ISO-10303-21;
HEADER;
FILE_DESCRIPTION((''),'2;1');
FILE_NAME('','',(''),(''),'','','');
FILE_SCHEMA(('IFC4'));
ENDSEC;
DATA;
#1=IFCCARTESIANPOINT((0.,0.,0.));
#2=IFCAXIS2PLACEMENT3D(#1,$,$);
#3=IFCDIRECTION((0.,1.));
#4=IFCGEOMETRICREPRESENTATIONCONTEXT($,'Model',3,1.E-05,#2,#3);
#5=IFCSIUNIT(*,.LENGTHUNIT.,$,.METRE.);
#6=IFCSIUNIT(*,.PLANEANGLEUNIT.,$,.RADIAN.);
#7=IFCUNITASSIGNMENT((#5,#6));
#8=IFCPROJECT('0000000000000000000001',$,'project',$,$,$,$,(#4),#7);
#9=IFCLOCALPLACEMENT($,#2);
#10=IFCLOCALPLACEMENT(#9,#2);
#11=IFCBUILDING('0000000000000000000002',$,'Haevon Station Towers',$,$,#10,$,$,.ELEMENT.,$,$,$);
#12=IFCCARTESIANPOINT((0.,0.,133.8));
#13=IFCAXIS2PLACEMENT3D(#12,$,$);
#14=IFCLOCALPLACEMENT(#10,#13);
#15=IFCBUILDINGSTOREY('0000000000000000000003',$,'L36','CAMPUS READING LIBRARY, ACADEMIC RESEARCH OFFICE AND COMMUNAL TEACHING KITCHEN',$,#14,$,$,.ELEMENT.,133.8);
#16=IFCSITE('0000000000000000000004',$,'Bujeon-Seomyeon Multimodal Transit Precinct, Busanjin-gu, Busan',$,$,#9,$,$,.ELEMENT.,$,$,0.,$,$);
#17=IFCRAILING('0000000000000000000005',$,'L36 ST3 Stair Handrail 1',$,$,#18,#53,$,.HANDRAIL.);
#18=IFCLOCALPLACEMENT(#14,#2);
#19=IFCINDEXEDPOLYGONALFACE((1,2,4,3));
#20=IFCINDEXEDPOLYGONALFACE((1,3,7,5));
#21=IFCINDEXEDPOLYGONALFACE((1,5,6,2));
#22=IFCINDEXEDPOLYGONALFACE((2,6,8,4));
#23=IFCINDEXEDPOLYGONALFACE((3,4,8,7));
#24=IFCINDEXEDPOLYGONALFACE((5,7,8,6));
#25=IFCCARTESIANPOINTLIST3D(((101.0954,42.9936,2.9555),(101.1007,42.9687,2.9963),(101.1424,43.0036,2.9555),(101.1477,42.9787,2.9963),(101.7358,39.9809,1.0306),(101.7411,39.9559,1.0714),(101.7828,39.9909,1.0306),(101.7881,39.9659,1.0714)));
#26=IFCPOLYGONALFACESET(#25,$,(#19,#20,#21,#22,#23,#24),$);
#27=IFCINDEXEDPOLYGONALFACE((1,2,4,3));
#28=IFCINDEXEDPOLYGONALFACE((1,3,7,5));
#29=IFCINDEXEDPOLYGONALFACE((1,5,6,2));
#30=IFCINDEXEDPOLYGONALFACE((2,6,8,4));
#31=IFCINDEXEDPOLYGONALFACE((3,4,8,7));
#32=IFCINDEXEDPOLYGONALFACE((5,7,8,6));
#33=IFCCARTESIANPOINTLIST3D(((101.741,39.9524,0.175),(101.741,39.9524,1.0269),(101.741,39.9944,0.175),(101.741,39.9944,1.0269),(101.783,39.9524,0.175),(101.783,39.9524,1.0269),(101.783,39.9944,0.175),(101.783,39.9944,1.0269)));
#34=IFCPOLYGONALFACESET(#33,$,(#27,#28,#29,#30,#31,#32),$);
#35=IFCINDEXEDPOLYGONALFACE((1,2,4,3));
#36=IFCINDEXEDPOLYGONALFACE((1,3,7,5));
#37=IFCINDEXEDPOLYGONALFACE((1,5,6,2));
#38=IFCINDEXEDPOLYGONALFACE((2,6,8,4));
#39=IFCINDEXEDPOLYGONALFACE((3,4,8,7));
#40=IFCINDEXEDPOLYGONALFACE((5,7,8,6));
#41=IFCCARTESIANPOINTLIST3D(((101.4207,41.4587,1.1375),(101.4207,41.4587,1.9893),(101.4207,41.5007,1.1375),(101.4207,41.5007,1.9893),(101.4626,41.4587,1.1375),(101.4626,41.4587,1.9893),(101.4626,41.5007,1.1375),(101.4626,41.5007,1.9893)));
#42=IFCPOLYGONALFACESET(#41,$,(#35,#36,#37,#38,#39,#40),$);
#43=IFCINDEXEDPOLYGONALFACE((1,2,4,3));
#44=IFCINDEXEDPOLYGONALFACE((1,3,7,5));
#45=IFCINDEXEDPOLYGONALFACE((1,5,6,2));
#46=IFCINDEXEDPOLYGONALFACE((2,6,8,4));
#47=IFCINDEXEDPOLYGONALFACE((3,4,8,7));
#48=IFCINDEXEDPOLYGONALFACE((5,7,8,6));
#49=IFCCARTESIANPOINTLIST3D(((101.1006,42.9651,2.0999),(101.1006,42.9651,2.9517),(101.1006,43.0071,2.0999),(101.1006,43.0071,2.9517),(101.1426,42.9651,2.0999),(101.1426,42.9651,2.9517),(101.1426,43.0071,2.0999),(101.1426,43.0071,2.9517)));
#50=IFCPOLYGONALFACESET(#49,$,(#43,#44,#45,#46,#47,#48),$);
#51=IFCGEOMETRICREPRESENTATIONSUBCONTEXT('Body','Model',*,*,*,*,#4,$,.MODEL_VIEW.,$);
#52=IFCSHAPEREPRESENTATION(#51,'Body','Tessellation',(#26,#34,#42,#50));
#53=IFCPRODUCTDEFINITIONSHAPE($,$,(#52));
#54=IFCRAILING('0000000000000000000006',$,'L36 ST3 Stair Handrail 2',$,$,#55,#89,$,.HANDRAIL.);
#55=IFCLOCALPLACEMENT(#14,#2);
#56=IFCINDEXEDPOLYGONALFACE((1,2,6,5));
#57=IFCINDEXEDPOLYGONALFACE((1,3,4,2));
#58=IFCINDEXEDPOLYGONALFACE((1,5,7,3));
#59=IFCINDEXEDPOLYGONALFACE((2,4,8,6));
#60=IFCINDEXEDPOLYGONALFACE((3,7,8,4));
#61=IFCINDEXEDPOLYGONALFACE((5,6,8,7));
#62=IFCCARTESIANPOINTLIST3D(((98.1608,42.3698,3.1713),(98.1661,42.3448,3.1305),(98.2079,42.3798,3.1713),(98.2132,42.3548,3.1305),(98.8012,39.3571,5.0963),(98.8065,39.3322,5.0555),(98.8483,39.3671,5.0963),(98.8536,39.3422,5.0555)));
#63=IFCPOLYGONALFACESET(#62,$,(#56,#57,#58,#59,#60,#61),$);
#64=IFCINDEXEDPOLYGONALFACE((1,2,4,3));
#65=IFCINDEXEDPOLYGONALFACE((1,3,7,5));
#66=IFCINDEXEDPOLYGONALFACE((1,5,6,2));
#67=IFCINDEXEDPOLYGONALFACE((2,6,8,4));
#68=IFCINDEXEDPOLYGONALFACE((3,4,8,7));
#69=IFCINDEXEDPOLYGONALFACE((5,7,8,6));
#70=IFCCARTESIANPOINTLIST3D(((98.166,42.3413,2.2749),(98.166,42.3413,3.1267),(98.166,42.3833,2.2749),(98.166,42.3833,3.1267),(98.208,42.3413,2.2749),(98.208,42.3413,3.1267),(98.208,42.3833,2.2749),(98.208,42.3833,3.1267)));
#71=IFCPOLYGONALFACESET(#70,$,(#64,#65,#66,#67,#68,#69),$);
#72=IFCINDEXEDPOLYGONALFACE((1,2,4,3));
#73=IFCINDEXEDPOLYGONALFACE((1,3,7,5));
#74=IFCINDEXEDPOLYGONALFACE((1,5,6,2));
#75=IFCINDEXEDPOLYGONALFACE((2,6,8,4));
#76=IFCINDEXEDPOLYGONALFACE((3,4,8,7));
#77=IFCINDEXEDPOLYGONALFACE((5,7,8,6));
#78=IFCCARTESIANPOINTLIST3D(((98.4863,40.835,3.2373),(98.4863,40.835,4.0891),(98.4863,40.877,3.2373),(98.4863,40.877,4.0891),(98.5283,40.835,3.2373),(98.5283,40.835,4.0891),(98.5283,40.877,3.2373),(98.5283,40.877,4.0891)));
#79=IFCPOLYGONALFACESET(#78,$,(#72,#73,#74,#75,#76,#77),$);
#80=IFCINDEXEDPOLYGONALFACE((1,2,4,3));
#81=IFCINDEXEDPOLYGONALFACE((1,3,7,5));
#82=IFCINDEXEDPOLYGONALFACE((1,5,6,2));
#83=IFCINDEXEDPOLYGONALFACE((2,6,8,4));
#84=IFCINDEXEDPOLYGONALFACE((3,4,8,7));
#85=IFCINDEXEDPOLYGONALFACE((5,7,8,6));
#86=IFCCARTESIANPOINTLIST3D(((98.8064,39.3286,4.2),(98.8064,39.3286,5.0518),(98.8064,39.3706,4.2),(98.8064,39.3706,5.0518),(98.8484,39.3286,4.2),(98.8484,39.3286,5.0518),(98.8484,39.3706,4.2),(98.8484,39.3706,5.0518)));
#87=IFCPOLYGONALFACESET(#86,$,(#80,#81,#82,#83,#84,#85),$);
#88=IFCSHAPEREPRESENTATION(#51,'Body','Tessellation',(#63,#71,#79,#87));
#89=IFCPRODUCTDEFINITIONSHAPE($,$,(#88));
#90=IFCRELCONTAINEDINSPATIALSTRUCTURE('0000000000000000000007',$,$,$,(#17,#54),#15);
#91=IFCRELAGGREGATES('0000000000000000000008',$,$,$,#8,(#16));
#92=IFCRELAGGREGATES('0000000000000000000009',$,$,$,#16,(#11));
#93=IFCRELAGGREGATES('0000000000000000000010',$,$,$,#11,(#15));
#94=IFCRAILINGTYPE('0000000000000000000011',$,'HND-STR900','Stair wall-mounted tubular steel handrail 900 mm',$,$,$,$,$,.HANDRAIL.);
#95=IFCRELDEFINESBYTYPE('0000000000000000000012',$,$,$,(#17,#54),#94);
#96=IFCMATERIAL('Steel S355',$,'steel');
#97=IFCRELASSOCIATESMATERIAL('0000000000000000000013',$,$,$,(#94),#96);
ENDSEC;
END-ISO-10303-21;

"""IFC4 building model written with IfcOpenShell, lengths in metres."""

from ifc_helpers import new_model, si_unit, direction, frame, origin, origin_2d, place, context, subcontext, project, spatial, rectangle, extrude, material, type_object, element, save


model = new_model("IFC4")

# Units and contexts
model_context = context("Model", 3, precision=1e-05, world=origin(), true_north=direction((0.0, 1.0)))
body_context = subcontext(model_context, "Body", "Model", "MODEL_VIEW")
ifc_project = project(units=[si_unit("LENGTHUNIT", "METRE"), si_unit("PLANEANGLEUNIT", "RADIAN")], contexts=[model_context])

# Site, building, storey
site_placement = place(None, origin())
site = spatial("IfcSite", under=ifc_project, at=site_placement, Name="Bujeon-Seomyeon Multimodal Transit Precinct, Busanjin-gu, Busan", CompositionType="ELEMENT", RefElevation=0.0)
building_placement = place(site_placement, origin())
building = spatial("IfcBuilding", under=site, at=building_placement, Name="Haevon Station Towers", CompositionType="ELEMENT")
storey_placement = place(building_placement, frame((0.0, 0.0, 133.8)))
storey = spatial("IfcBuildingStorey", under=building, at=storey_placement, Name="L36", Description="CAMPUS READING LIBRARY, ACADEMIC RESEARCH OFFICE AND COMMUNAL TEACHING KITCHEN", CompositionType="ELEMENT", Elevation=133.8)

# Shared definitions
ifc_material_1 = material(Name="Steel S355", Category="steel")

# Railings
railing_type_1 = type_object("IfcRailingType", Name="HND-STR900", Description="Stair wall-mounted tubular steel handrail 900 mm", PredefinedType="HANDRAIL", material=ifc_material_1)
railing_1_placement = place(storey_placement, frame((101.762, 39.9734, 0.175)))
element("IfcRailing", 1, at=railing_1_placement, inside=storey, type_object=railing_type_1, Name="L36 ST3 Stair Handrail 1", PredefinedType="HANDRAIL", context=body_context, shape_type="SweptSolid", body=[
    extrude(rectangle(XDim=0.0481, YDim=0.0481, at=origin_2d()), frame((0.0, 0.0, 0.876), z_axis=(-0.176317, 0.829491, 0.52996), x_axis=(-0.978147, -0.207916, 0.0)), (0.0, 0.0, 1.0), 3.6321),
    extrude(rectangle(XDim=0.042, YDim=0.042, at=origin_2d()), origin(), (0.0, 0.0, 1.0), 0.8518),
    extrude(rectangle(XDim=0.042, YDim=0.042, at=origin_2d()), frame((-0.3203, 1.5063, 0.9624)), (0.0, 0.0, 1.0), 0.8518),
    extrude(rectangle(XDim=0.042, YDim=0.042, at=origin_2d()), frame((-0.6404, 3.0127, 1.9248)), (0.0, 0.0, 1.0), 0.8518),
])
railing_2_placement = place(storey_placement, frame((98.187, 42.3623, 2.2749)))
element("IfcRailing", 2, at=railing_2_placement, inside=storey, type_object=railing_type_1, Name="L36 ST3 Stair Handrail 2", PredefinedType="HANDRAIL", context=body_context, shape_type="SweptSolid", body=[
    extrude(rectangle(XDim=0.0481, YDim=0.0481, at=origin_2d()), frame((0.0, 0.0, 0.876), z_axis=(0.176311, -0.829461, 0.530008), x_axis=(0.978147, 0.207916, 0.0)), (0.0, 0.0, 1.0), 3.6321),
    extrude(rectangle(XDim=0.042, YDim=0.042, at=origin_2d()), origin(), (0.0, 0.0, 1.0), 0.8518),
    extrude(rectangle(XDim=0.042, YDim=0.042, at=origin_2d()), frame((0.3203, -1.5063, 0.9624)), (0.0, 0.0, 1.0), 0.8518),
    extrude(rectangle(XDim=0.042, YDim=0.042, at=origin_2d()), frame((0.6404, -3.0127, 1.925)), (0.0, 0.0, 1.0), 0.8518),
])

save(model, "model.ifc")
